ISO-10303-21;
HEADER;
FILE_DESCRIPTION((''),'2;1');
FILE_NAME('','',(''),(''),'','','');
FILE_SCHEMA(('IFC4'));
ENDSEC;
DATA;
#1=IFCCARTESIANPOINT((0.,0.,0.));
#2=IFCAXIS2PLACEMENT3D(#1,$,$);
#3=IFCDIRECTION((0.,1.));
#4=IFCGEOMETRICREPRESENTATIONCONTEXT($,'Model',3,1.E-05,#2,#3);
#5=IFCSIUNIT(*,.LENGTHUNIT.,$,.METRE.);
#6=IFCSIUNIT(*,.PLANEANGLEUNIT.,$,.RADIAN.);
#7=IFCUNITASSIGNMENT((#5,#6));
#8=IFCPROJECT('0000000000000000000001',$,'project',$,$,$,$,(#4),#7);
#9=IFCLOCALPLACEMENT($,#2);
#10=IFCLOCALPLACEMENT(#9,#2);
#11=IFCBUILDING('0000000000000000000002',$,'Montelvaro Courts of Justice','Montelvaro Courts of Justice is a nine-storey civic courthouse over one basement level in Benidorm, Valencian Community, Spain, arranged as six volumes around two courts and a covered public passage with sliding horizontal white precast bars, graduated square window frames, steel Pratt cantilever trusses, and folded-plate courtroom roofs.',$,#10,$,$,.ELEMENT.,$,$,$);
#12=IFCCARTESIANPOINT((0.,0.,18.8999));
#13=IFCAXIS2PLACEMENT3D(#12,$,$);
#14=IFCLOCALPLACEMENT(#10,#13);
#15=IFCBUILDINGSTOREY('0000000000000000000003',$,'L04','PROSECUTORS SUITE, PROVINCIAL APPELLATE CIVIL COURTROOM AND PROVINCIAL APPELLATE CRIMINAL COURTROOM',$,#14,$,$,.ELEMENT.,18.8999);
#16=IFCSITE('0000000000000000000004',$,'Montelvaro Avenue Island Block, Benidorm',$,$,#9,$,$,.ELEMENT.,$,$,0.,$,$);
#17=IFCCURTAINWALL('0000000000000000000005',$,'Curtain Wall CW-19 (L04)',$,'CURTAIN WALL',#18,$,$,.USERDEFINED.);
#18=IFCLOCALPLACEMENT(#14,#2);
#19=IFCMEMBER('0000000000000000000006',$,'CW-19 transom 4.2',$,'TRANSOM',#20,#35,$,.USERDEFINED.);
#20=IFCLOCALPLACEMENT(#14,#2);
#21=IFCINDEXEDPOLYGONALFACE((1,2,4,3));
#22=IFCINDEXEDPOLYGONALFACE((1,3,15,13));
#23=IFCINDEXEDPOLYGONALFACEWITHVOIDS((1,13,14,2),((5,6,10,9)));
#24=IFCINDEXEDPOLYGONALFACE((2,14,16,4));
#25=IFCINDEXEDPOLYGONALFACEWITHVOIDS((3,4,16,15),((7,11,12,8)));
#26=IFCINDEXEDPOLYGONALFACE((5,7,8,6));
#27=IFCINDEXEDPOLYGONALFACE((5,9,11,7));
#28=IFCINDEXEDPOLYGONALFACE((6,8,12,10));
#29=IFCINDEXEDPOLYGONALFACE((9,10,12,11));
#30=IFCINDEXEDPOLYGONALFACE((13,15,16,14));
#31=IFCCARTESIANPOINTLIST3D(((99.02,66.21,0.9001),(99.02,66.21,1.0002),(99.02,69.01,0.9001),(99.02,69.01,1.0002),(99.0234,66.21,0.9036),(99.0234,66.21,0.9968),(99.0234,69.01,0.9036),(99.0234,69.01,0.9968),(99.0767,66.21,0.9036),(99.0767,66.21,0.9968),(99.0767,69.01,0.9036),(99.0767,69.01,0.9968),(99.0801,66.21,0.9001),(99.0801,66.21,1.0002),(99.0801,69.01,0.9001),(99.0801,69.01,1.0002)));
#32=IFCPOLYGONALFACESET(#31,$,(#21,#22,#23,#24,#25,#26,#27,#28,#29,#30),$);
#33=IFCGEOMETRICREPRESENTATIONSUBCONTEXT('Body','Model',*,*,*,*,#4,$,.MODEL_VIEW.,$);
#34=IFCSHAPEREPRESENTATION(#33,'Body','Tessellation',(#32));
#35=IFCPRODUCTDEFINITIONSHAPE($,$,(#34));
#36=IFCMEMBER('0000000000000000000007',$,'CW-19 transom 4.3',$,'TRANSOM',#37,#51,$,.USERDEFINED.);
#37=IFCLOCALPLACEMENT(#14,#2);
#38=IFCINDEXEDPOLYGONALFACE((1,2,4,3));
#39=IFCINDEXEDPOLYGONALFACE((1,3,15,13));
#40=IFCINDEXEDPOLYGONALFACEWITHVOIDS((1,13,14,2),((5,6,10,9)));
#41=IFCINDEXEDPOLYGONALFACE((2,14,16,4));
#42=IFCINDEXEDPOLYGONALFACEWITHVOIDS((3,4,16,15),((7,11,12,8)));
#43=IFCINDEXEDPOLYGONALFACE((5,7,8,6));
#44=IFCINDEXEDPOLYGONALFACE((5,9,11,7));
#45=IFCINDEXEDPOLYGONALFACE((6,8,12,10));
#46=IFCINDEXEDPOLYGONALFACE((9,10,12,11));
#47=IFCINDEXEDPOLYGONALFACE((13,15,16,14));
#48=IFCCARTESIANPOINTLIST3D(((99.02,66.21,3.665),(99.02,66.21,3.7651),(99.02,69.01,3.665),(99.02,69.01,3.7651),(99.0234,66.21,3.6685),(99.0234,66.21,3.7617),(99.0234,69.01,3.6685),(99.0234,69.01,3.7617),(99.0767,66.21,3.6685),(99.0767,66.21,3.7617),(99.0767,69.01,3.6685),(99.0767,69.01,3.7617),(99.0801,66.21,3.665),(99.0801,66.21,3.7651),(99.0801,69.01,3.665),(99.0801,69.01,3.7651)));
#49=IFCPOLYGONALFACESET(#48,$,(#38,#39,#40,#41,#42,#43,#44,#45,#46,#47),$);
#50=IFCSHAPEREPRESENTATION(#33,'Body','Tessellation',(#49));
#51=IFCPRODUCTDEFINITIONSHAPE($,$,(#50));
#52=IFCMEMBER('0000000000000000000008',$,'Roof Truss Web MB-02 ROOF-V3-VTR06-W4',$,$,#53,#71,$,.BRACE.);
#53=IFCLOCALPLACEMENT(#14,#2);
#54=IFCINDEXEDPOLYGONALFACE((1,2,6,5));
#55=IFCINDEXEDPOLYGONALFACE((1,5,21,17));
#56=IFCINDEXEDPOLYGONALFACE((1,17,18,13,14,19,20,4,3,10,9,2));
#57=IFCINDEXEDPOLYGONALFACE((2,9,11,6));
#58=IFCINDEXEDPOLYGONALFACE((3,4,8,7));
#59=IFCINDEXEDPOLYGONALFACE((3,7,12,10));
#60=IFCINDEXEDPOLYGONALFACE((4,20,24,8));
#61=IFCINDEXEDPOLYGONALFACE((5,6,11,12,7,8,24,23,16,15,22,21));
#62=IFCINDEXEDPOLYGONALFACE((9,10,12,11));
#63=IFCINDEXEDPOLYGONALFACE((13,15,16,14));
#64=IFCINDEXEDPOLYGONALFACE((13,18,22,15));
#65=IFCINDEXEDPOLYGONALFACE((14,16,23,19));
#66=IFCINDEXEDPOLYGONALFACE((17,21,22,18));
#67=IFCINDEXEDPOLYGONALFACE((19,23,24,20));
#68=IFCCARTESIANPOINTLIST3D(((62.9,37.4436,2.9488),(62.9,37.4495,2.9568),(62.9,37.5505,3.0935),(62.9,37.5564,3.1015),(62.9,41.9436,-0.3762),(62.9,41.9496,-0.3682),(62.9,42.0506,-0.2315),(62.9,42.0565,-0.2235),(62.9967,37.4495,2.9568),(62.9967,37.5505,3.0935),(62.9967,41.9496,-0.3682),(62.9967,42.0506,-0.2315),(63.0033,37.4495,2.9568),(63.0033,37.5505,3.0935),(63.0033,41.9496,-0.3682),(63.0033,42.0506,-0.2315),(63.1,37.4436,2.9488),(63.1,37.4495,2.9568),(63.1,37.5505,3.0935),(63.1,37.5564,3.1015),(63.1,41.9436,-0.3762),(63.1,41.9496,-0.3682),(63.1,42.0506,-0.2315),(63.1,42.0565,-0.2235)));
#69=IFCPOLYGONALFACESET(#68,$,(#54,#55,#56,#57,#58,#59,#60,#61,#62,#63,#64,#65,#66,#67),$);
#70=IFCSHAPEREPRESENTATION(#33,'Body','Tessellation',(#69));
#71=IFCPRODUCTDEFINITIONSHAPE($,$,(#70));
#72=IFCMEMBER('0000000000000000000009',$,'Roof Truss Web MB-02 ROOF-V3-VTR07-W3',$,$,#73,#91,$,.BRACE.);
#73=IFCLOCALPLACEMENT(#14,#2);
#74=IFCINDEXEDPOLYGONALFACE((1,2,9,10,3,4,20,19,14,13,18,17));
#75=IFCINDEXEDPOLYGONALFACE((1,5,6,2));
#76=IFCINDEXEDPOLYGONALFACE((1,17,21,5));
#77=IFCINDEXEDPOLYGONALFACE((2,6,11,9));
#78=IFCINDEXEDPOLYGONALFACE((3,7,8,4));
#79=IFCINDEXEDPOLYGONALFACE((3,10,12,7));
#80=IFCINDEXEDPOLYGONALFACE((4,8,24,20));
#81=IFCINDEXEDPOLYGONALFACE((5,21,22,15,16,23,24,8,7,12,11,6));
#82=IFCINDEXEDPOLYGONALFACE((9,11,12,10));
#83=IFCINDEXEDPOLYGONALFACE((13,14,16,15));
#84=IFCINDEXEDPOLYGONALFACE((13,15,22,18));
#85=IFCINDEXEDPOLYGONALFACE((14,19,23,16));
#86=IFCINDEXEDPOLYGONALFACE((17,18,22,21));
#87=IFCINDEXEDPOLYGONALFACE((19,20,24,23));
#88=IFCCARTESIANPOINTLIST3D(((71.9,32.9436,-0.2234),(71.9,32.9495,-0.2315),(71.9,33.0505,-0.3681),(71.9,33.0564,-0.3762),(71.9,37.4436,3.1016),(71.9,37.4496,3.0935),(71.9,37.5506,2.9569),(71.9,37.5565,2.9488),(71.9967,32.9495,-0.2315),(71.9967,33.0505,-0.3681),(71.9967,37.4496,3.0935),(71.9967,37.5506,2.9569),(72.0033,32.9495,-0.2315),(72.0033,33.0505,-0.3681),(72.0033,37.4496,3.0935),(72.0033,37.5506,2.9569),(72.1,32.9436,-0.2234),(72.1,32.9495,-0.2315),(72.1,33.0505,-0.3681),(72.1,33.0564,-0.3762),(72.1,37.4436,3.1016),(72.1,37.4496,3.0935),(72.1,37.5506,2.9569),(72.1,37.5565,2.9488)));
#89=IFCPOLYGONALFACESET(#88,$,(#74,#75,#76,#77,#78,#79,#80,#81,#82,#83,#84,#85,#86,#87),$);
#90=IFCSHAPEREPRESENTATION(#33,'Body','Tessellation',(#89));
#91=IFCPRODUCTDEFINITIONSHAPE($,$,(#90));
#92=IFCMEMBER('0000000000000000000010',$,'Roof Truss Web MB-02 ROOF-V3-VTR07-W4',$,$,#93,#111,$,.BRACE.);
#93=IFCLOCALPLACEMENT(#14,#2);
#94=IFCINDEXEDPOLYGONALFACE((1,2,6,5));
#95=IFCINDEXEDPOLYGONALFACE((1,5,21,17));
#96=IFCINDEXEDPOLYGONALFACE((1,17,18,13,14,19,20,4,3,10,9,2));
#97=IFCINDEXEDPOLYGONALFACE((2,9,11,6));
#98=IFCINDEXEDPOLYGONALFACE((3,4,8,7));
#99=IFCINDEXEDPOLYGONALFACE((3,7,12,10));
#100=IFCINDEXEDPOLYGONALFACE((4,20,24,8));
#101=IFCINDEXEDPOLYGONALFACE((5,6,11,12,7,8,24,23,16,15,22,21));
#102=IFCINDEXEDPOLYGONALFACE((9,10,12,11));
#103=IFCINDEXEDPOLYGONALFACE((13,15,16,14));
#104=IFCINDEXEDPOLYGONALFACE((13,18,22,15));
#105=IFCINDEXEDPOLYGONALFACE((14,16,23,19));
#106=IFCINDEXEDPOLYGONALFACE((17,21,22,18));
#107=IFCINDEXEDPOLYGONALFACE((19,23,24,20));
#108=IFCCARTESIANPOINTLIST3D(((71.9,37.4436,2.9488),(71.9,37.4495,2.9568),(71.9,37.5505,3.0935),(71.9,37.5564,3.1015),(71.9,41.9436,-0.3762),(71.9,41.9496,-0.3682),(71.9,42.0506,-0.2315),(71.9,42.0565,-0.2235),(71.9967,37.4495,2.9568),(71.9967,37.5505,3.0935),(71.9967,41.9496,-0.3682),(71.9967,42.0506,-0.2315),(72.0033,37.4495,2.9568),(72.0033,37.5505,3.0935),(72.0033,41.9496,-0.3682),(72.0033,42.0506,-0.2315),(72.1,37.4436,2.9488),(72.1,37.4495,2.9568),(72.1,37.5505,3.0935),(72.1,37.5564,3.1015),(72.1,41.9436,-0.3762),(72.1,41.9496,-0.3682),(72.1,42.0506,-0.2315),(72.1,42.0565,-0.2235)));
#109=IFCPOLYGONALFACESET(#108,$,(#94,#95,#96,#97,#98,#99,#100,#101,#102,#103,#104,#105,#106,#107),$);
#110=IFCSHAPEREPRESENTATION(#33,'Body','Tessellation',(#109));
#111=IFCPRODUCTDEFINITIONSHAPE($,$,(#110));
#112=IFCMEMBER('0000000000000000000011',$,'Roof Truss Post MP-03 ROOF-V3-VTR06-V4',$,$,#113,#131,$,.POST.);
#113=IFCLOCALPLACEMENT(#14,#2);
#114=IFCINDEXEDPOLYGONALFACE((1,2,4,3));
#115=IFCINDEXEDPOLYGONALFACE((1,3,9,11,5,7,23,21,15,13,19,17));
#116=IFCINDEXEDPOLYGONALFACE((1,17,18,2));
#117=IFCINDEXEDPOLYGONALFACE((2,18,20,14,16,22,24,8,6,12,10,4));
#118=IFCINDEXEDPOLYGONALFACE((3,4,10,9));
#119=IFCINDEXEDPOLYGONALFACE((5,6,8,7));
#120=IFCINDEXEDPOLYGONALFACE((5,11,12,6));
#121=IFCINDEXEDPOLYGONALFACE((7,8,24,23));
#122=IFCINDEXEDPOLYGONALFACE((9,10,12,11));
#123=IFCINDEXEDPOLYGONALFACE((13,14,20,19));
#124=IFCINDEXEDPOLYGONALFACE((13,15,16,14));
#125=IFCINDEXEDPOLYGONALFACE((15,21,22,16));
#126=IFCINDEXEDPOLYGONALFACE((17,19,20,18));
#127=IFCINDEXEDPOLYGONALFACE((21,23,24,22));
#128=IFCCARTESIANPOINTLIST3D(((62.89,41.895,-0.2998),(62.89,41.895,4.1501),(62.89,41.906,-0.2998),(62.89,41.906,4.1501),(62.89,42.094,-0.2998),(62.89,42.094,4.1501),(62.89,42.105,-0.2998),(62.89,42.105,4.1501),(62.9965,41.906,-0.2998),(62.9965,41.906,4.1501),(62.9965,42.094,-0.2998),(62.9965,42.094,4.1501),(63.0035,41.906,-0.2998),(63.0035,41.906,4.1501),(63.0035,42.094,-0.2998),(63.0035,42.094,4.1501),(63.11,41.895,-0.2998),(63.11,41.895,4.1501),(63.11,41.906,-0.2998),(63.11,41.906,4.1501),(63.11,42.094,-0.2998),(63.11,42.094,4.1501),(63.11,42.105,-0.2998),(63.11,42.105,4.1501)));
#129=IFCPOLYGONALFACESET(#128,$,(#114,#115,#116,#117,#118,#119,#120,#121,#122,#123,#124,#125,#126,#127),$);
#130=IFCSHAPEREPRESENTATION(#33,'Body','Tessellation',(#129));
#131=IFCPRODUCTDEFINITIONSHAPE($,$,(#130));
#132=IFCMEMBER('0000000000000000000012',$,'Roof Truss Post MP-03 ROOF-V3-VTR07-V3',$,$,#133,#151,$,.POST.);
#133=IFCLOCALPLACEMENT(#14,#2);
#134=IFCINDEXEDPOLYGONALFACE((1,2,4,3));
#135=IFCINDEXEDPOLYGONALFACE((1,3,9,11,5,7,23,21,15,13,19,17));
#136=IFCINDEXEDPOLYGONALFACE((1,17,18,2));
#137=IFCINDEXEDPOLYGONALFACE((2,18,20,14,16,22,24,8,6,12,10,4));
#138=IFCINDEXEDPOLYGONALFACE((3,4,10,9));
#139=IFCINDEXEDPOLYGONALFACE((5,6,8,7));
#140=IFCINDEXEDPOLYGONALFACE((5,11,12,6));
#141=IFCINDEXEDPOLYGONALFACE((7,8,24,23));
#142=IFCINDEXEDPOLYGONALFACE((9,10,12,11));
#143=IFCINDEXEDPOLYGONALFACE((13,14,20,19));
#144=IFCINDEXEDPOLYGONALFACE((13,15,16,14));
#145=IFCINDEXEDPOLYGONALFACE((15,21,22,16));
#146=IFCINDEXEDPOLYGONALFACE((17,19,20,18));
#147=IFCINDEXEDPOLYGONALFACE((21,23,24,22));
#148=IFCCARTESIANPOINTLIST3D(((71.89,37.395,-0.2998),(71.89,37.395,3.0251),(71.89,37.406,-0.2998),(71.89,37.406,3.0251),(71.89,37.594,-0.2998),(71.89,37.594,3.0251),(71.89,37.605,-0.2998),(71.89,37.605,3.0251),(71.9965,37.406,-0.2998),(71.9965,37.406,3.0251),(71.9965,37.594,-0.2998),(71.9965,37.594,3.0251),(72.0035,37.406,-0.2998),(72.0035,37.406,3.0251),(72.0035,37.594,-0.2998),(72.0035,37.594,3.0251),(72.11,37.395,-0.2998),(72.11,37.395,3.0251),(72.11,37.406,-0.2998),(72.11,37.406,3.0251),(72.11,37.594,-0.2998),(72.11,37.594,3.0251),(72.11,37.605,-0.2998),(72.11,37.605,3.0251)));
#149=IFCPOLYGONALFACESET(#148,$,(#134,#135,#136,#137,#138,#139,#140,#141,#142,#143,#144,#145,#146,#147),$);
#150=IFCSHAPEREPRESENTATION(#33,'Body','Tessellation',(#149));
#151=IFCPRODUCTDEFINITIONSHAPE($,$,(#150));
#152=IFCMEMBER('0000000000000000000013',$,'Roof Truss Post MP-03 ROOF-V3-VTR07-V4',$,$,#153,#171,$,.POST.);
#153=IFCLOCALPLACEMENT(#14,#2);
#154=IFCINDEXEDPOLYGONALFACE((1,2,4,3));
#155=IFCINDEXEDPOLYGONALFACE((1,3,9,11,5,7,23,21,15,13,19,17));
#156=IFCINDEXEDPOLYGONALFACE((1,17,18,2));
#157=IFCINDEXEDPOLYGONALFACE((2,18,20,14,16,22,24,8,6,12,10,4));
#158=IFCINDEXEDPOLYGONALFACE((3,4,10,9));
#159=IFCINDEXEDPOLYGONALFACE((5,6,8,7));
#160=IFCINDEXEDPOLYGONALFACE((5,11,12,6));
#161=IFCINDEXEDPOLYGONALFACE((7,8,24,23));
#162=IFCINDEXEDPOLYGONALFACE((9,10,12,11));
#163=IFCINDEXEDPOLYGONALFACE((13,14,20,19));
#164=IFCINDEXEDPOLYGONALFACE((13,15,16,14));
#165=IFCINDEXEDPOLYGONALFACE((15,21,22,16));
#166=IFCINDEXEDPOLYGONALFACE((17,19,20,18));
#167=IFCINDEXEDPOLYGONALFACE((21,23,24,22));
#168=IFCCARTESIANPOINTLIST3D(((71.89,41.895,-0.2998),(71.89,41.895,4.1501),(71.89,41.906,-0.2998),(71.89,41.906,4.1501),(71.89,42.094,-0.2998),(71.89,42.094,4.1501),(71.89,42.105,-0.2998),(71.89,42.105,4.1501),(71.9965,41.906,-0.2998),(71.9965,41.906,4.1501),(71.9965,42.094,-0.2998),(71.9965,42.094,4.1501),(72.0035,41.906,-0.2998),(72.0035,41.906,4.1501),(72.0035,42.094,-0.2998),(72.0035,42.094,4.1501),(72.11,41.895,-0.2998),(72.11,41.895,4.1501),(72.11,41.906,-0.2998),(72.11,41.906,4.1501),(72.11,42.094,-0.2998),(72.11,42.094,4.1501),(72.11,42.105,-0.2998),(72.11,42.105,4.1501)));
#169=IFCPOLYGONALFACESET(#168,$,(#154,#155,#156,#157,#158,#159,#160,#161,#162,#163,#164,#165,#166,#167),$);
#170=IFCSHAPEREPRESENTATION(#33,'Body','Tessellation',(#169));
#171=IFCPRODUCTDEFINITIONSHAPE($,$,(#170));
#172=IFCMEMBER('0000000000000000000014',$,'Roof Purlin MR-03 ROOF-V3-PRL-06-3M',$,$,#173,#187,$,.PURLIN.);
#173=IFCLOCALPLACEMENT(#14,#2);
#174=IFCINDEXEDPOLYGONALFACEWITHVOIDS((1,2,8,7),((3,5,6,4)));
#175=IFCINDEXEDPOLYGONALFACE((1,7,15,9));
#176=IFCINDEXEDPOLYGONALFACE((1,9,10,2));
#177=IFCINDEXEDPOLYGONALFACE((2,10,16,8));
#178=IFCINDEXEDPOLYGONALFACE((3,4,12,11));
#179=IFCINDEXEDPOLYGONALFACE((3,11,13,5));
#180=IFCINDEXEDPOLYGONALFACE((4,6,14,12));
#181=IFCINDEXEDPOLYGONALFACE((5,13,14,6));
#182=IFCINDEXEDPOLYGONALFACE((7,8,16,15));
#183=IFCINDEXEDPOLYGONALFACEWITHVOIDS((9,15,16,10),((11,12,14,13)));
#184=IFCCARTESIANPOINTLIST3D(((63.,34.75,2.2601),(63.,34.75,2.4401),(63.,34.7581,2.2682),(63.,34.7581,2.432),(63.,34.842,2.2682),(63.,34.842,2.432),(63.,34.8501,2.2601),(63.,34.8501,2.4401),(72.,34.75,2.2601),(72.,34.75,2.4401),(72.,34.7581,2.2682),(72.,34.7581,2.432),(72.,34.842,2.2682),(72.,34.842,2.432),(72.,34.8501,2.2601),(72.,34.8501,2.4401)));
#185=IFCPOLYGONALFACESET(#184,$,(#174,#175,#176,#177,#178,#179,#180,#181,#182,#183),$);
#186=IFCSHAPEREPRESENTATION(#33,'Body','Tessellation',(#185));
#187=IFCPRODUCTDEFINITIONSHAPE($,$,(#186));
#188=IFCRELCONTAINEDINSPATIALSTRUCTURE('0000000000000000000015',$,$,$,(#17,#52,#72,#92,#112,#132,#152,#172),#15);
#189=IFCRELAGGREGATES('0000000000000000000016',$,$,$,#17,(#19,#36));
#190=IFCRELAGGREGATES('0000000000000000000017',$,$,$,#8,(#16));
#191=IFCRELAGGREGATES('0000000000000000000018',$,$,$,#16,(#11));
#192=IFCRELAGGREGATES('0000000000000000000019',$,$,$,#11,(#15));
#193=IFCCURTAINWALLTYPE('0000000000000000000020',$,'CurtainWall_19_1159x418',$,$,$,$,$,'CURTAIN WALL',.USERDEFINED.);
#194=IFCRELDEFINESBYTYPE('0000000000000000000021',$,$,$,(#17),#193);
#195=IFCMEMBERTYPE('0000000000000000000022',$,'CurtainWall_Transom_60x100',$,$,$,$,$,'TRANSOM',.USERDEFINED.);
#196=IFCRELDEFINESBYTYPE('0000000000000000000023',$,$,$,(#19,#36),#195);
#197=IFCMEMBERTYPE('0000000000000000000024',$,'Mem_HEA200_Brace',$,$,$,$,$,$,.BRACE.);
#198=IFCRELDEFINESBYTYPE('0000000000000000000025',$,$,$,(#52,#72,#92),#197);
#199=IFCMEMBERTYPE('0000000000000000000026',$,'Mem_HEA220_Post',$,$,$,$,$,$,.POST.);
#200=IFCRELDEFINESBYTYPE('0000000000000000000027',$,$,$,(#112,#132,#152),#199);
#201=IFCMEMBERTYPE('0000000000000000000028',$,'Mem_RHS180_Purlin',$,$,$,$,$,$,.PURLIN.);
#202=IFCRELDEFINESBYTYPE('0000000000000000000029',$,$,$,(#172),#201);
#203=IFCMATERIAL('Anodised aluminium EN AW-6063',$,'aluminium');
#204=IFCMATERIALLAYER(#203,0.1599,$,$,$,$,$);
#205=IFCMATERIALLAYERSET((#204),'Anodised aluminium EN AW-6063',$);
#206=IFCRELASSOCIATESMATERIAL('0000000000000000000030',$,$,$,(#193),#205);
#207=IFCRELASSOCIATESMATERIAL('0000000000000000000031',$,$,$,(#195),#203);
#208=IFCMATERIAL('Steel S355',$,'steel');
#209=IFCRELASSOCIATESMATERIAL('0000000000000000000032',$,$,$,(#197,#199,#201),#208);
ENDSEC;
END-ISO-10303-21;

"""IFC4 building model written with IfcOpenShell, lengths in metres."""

from ifc_helpers import new_model, si_unit, direction, frame, origin, origin_2d, place, context, subcontext, project, spatial, hollow_rectangle, i_section, extrude, material, layer, layer_set, material_profile, profile_set, type_object, element, aggregate, save


model = new_model("IFC4")

# Units and contexts
model_context = context("Model", 3, precision=1e-05, world=origin(), true_north=direction((0.0, 1.0)))
body_context = subcontext(model_context, "Body", "Model", "MODEL_VIEW")
ifc_project = project(units=[si_unit("LENGTHUNIT", "METRE"), si_unit("PLANEANGLEUNIT", "RADIAN")], contexts=[model_context])

# Site, building, storey
site_placement = place(None, origin())
site = spatial("IfcSite", under=ifc_project, at=site_placement, Name="Montelvaro Avenue Island Block, Benidorm", CompositionType="ELEMENT", RefElevation=0.0)
building_placement = place(site_placement, origin())
building = spatial("IfcBuilding", under=site, at=building_placement, Name="Montelvaro Courts of Justice", Description="Montelvaro Courts of Justice is a nine-storey civic courthouse over one basement level in Benidorm, Valencian Community, Spain, arranged as six volumes around two courts and a covered public passage with sliding horizontal white precast bars, graduated square window frames, steel Pratt cantilever trusses, and folded-plate courtroom roofs.", CompositionType="ELEMENT")
storey_placement = place(building_placement, frame((0.0, 0.0, 18.8999)))
storey = spatial("IfcBuildingStorey", under=building, at=storey_placement, Name="L04", Description="PROSECUTORS SUITE, PROVINCIAL APPELLATE CIVIL COURTROOM AND PROVINCIAL APPELLATE CRIMINAL COURTROOM", CompositionType="ELEMENT", Elevation=18.8999)

# Shared definitions
ifc_material_1 = material(Name="Steel S355", Category="steel")

# Curtain wall
ifc_material_2 = material(Name="Anodised aluminium EN AW-6063", Category="aluminium")
ifc_layer_1 = layer(ifc_material_2, 0.1599)
ifc_layer_set_1 = layer_set([ifc_layer_1], Name="Anodised aluminium EN AW-6063")
curtain_wall_type_1 = type_object("IfcCurtainWallType", Name="CurtainWall_19_1159x418", ElementType="CURTAIN WALL", PredefinedType="USERDEFINED", material=ifc_layer_set_1)
curtain_wall_1_placement = place(storey_placement, origin())
curtain_wall_1 = element("IfcCurtainWall", 1, at=curtain_wall_1_placement, inside=storey, type_object=curtain_wall_type_1, Name="Curtain Wall CW-19 (L04)", ObjectType="CURTAIN WALL", PredefinedType="USERDEFINED")

# Members
ifc_material_profile_1 = material_profile(ifc_material_2, hollow_rectangle(XDim=0.0601, YDim=0.1001, WallThickness=0.0034, at=origin_2d()), Name="ALU-T 60x100")
ifc_profile_set_1 = profile_set([ifc_material_profile_1], Name="Anodised aluminium EN AW-6063")
member_type_1 = type_object("IfcMemberType", Name="CurtainWall_Transom_60x100", ElementType="TRANSOM", PredefinedType="USERDEFINED", material=ifc_profile_set_1)
member_1_placement = place(storey_placement, frame((99.05, 69.01, 0.9502), z_axis=(0.0, -1.0, 0.0), x_axis=(1.0, 0.0, 0.0)))
member_1 = element("IfcMember", 2, at=member_1_placement, type_object=member_type_1, Name="CW-19 transom 4.2", ObjectType="TRANSOM", PredefinedType="USERDEFINED", context=body_context, shape_type="SweptSolid", body=[
    extrude(hollow_rectangle(XDim=0.0601, YDim=0.1001, WallThickness=0.0034, at=origin_2d()), origin(), (0.0, 0.0, 1.0), 2.8),
])
member_2_placement = place(storey_placement, frame((99.05, 69.01, 3.7151), z_axis=(0.0, -1.0, 0.0), x_axis=(1.0, 0.0, 0.0)))
member_2 = element("IfcMember", 3, at=member_2_placement, type_object=member_type_1, Name="CW-19 transom 4.3", ObjectType="TRANSOM", PredefinedType="USERDEFINED", context=body_context, shape_type="SweptSolid", body=[
    extrude(hollow_rectangle(XDim=0.0601, YDim=0.1001, WallThickness=0.0034, at=origin_2d()), origin(), (0.0, 0.0, 1.0), 2.8),
])

# Members
ifc_material_profile_2 = material_profile(ifc_material_1, i_section(OverallWidth=0.2, OverallDepth=0.1899, WebThickness=0.0066, FlangeThickness=0.01, at=origin_2d()), Name="HEA 200")
ifc_profile_set_2 = profile_set([ifc_material_profile_2], Name="Steel S355")
member_type_2 = type_object("IfcMemberType", Name="Mem_HEA200_Brace", PredefinedType="BRACE", material=ifc_profile_set_2)
for number, where, z_axis, x_axis, name in (
    (4, (63.0, 37.5, 3.0251), (0.0, 0.804273, -0.59426), (-1.0, 0.0, 0.0), "Roof Truss Web MB-02 ROOF-V3-VTR06-W4"),
    (5, (72.0, 33.0, -0.2998), (0.0, 0.804273, 0.59426), (-1.0, 0.0, 0.0), "Roof Truss Web MB-02 ROOF-V3-VTR07-W3"),
    (6, (72.0, 37.5, 3.0251), (0.0, 0.804273, -0.59426), (-1.0, 0.0, 0.0), "Roof Truss Web MB-02 ROOF-V3-VTR07-W4"),
):
    element("IfcMember", number, at=place(storey_placement, frame(where, z_axis=z_axis, x_axis=x_axis)), inside=storey, type_object=member_type_2, Name=name, PredefinedType="BRACE", context=body_context, shape_type="SweptSolid", body=[
        extrude(i_section(OverallWidth=0.2, OverallDepth=0.1899, WebThickness=0.0066, FlangeThickness=0.01, at=origin_2d()), origin(), (0.0, 0.0, 1.0), 5.5952),
    ])
ifc_material_profile_3 = material_profile(ifc_material_1, i_section(OverallWidth=0.22, OverallDepth=0.21, WebThickness=0.0071, FlangeThickness=0.011, at=origin_2d()), Name="HEA 220")
ifc_profile_set_3 = profile_set([ifc_material_profile_3], Name="Steel S355")
member_type_3 = type_object("IfcMemberType", Name="Mem_HEA220_Post", PredefinedType="POST", material=ifc_profile_set_3)
member_3_placement = place(storey_placement, frame((63.0, 42.0, -0.2998), z_axis=(0.0, 0.0, 1.0), x_axis=(1.0, 0.0, 0.0)))
element("IfcMember", 7, at=member_3_placement, inside=storey, type_object=member_type_3, Name="Roof Truss Post MP-03 ROOF-V3-VTR06-V4", PredefinedType="POST", context=body_context, shape_type="SweptSolid", body=[
    extrude(i_section(OverallWidth=0.22, OverallDepth=0.21, WebThickness=0.0071, FlangeThickness=0.011, at=origin_2d()), origin(), (0.0, 0.0, 1.0), 4.45),
])
member_4_placement = place(storey_placement, frame((72.0, 37.5, -0.2998), z_axis=(0.0, 0.0, 1.0), x_axis=(1.0, 0.0, 0.0)))
element("IfcMember", 8, at=member_4_placement, inside=storey, type_object=member_type_3, Name="Roof Truss Post MP-03 ROOF-V3-VTR07-V3", PredefinedType="POST", context=body_context, shape_type="SweptSolid", body=[
    extrude(i_section(OverallWidth=0.22, OverallDepth=0.21, WebThickness=0.0071, FlangeThickness=0.011, at=origin_2d()), origin(), (0.0, 0.0, 1.0), 3.325),
])
member_5_placement = place(storey_placement, frame((72.0, 42.0, -0.2998), z_axis=(0.0, 0.0, 1.0), x_axis=(1.0, 0.0, 0.0)))
element("IfcMember", 9, at=member_5_placement, inside=storey, type_object=member_type_3, Name="Roof Truss Post MP-03 ROOF-V3-VTR07-V4", PredefinedType="POST", context=body_context, shape_type="SweptSolid", body=[
    extrude(i_section(OverallWidth=0.22, OverallDepth=0.21, WebThickness=0.0071, FlangeThickness=0.011, at=origin_2d()), origin(), (0.0, 0.0, 1.0), 4.45),
])
ifc_material_profile_4 = material_profile(ifc_material_1, hollow_rectangle(XDim=0.1001, YDim=0.1799, WallThickness=0.0081, at=origin_2d()), Name="RHS 180x100x8")
ifc_profile_set_4 = profile_set([ifc_material_profile_4], Name="Steel S355")
member_type_4 = type_object("IfcMemberType", Name="Mem_RHS180_Purlin", PredefinedType="PURLIN", material=ifc_profile_set_4)
member_6_placement = place(storey_placement, frame((63.0, 34.8, 2.3501), z_axis=(1.0, 0.0, 0.0), x_axis=(0.0, 1.0, 0.0)))
element("IfcMember", 10, at=member_6_placement, inside=storey, type_object=member_type_4, Name="Roof Purlin MR-03 ROOF-V3-PRL-06-3M", PredefinedType="PURLIN", context=body_context, shape_type="SweptSolid", body=[
    extrude(hollow_rectangle(XDim=0.1001, YDim=0.1799, WallThickness=0.0081, at=origin_2d()), origin(), (0.0, 0.0, 1.0), 9.0),
])

aggregate(curtain_wall_1, [member_1, member_2])

save(model, "model.ifc")
